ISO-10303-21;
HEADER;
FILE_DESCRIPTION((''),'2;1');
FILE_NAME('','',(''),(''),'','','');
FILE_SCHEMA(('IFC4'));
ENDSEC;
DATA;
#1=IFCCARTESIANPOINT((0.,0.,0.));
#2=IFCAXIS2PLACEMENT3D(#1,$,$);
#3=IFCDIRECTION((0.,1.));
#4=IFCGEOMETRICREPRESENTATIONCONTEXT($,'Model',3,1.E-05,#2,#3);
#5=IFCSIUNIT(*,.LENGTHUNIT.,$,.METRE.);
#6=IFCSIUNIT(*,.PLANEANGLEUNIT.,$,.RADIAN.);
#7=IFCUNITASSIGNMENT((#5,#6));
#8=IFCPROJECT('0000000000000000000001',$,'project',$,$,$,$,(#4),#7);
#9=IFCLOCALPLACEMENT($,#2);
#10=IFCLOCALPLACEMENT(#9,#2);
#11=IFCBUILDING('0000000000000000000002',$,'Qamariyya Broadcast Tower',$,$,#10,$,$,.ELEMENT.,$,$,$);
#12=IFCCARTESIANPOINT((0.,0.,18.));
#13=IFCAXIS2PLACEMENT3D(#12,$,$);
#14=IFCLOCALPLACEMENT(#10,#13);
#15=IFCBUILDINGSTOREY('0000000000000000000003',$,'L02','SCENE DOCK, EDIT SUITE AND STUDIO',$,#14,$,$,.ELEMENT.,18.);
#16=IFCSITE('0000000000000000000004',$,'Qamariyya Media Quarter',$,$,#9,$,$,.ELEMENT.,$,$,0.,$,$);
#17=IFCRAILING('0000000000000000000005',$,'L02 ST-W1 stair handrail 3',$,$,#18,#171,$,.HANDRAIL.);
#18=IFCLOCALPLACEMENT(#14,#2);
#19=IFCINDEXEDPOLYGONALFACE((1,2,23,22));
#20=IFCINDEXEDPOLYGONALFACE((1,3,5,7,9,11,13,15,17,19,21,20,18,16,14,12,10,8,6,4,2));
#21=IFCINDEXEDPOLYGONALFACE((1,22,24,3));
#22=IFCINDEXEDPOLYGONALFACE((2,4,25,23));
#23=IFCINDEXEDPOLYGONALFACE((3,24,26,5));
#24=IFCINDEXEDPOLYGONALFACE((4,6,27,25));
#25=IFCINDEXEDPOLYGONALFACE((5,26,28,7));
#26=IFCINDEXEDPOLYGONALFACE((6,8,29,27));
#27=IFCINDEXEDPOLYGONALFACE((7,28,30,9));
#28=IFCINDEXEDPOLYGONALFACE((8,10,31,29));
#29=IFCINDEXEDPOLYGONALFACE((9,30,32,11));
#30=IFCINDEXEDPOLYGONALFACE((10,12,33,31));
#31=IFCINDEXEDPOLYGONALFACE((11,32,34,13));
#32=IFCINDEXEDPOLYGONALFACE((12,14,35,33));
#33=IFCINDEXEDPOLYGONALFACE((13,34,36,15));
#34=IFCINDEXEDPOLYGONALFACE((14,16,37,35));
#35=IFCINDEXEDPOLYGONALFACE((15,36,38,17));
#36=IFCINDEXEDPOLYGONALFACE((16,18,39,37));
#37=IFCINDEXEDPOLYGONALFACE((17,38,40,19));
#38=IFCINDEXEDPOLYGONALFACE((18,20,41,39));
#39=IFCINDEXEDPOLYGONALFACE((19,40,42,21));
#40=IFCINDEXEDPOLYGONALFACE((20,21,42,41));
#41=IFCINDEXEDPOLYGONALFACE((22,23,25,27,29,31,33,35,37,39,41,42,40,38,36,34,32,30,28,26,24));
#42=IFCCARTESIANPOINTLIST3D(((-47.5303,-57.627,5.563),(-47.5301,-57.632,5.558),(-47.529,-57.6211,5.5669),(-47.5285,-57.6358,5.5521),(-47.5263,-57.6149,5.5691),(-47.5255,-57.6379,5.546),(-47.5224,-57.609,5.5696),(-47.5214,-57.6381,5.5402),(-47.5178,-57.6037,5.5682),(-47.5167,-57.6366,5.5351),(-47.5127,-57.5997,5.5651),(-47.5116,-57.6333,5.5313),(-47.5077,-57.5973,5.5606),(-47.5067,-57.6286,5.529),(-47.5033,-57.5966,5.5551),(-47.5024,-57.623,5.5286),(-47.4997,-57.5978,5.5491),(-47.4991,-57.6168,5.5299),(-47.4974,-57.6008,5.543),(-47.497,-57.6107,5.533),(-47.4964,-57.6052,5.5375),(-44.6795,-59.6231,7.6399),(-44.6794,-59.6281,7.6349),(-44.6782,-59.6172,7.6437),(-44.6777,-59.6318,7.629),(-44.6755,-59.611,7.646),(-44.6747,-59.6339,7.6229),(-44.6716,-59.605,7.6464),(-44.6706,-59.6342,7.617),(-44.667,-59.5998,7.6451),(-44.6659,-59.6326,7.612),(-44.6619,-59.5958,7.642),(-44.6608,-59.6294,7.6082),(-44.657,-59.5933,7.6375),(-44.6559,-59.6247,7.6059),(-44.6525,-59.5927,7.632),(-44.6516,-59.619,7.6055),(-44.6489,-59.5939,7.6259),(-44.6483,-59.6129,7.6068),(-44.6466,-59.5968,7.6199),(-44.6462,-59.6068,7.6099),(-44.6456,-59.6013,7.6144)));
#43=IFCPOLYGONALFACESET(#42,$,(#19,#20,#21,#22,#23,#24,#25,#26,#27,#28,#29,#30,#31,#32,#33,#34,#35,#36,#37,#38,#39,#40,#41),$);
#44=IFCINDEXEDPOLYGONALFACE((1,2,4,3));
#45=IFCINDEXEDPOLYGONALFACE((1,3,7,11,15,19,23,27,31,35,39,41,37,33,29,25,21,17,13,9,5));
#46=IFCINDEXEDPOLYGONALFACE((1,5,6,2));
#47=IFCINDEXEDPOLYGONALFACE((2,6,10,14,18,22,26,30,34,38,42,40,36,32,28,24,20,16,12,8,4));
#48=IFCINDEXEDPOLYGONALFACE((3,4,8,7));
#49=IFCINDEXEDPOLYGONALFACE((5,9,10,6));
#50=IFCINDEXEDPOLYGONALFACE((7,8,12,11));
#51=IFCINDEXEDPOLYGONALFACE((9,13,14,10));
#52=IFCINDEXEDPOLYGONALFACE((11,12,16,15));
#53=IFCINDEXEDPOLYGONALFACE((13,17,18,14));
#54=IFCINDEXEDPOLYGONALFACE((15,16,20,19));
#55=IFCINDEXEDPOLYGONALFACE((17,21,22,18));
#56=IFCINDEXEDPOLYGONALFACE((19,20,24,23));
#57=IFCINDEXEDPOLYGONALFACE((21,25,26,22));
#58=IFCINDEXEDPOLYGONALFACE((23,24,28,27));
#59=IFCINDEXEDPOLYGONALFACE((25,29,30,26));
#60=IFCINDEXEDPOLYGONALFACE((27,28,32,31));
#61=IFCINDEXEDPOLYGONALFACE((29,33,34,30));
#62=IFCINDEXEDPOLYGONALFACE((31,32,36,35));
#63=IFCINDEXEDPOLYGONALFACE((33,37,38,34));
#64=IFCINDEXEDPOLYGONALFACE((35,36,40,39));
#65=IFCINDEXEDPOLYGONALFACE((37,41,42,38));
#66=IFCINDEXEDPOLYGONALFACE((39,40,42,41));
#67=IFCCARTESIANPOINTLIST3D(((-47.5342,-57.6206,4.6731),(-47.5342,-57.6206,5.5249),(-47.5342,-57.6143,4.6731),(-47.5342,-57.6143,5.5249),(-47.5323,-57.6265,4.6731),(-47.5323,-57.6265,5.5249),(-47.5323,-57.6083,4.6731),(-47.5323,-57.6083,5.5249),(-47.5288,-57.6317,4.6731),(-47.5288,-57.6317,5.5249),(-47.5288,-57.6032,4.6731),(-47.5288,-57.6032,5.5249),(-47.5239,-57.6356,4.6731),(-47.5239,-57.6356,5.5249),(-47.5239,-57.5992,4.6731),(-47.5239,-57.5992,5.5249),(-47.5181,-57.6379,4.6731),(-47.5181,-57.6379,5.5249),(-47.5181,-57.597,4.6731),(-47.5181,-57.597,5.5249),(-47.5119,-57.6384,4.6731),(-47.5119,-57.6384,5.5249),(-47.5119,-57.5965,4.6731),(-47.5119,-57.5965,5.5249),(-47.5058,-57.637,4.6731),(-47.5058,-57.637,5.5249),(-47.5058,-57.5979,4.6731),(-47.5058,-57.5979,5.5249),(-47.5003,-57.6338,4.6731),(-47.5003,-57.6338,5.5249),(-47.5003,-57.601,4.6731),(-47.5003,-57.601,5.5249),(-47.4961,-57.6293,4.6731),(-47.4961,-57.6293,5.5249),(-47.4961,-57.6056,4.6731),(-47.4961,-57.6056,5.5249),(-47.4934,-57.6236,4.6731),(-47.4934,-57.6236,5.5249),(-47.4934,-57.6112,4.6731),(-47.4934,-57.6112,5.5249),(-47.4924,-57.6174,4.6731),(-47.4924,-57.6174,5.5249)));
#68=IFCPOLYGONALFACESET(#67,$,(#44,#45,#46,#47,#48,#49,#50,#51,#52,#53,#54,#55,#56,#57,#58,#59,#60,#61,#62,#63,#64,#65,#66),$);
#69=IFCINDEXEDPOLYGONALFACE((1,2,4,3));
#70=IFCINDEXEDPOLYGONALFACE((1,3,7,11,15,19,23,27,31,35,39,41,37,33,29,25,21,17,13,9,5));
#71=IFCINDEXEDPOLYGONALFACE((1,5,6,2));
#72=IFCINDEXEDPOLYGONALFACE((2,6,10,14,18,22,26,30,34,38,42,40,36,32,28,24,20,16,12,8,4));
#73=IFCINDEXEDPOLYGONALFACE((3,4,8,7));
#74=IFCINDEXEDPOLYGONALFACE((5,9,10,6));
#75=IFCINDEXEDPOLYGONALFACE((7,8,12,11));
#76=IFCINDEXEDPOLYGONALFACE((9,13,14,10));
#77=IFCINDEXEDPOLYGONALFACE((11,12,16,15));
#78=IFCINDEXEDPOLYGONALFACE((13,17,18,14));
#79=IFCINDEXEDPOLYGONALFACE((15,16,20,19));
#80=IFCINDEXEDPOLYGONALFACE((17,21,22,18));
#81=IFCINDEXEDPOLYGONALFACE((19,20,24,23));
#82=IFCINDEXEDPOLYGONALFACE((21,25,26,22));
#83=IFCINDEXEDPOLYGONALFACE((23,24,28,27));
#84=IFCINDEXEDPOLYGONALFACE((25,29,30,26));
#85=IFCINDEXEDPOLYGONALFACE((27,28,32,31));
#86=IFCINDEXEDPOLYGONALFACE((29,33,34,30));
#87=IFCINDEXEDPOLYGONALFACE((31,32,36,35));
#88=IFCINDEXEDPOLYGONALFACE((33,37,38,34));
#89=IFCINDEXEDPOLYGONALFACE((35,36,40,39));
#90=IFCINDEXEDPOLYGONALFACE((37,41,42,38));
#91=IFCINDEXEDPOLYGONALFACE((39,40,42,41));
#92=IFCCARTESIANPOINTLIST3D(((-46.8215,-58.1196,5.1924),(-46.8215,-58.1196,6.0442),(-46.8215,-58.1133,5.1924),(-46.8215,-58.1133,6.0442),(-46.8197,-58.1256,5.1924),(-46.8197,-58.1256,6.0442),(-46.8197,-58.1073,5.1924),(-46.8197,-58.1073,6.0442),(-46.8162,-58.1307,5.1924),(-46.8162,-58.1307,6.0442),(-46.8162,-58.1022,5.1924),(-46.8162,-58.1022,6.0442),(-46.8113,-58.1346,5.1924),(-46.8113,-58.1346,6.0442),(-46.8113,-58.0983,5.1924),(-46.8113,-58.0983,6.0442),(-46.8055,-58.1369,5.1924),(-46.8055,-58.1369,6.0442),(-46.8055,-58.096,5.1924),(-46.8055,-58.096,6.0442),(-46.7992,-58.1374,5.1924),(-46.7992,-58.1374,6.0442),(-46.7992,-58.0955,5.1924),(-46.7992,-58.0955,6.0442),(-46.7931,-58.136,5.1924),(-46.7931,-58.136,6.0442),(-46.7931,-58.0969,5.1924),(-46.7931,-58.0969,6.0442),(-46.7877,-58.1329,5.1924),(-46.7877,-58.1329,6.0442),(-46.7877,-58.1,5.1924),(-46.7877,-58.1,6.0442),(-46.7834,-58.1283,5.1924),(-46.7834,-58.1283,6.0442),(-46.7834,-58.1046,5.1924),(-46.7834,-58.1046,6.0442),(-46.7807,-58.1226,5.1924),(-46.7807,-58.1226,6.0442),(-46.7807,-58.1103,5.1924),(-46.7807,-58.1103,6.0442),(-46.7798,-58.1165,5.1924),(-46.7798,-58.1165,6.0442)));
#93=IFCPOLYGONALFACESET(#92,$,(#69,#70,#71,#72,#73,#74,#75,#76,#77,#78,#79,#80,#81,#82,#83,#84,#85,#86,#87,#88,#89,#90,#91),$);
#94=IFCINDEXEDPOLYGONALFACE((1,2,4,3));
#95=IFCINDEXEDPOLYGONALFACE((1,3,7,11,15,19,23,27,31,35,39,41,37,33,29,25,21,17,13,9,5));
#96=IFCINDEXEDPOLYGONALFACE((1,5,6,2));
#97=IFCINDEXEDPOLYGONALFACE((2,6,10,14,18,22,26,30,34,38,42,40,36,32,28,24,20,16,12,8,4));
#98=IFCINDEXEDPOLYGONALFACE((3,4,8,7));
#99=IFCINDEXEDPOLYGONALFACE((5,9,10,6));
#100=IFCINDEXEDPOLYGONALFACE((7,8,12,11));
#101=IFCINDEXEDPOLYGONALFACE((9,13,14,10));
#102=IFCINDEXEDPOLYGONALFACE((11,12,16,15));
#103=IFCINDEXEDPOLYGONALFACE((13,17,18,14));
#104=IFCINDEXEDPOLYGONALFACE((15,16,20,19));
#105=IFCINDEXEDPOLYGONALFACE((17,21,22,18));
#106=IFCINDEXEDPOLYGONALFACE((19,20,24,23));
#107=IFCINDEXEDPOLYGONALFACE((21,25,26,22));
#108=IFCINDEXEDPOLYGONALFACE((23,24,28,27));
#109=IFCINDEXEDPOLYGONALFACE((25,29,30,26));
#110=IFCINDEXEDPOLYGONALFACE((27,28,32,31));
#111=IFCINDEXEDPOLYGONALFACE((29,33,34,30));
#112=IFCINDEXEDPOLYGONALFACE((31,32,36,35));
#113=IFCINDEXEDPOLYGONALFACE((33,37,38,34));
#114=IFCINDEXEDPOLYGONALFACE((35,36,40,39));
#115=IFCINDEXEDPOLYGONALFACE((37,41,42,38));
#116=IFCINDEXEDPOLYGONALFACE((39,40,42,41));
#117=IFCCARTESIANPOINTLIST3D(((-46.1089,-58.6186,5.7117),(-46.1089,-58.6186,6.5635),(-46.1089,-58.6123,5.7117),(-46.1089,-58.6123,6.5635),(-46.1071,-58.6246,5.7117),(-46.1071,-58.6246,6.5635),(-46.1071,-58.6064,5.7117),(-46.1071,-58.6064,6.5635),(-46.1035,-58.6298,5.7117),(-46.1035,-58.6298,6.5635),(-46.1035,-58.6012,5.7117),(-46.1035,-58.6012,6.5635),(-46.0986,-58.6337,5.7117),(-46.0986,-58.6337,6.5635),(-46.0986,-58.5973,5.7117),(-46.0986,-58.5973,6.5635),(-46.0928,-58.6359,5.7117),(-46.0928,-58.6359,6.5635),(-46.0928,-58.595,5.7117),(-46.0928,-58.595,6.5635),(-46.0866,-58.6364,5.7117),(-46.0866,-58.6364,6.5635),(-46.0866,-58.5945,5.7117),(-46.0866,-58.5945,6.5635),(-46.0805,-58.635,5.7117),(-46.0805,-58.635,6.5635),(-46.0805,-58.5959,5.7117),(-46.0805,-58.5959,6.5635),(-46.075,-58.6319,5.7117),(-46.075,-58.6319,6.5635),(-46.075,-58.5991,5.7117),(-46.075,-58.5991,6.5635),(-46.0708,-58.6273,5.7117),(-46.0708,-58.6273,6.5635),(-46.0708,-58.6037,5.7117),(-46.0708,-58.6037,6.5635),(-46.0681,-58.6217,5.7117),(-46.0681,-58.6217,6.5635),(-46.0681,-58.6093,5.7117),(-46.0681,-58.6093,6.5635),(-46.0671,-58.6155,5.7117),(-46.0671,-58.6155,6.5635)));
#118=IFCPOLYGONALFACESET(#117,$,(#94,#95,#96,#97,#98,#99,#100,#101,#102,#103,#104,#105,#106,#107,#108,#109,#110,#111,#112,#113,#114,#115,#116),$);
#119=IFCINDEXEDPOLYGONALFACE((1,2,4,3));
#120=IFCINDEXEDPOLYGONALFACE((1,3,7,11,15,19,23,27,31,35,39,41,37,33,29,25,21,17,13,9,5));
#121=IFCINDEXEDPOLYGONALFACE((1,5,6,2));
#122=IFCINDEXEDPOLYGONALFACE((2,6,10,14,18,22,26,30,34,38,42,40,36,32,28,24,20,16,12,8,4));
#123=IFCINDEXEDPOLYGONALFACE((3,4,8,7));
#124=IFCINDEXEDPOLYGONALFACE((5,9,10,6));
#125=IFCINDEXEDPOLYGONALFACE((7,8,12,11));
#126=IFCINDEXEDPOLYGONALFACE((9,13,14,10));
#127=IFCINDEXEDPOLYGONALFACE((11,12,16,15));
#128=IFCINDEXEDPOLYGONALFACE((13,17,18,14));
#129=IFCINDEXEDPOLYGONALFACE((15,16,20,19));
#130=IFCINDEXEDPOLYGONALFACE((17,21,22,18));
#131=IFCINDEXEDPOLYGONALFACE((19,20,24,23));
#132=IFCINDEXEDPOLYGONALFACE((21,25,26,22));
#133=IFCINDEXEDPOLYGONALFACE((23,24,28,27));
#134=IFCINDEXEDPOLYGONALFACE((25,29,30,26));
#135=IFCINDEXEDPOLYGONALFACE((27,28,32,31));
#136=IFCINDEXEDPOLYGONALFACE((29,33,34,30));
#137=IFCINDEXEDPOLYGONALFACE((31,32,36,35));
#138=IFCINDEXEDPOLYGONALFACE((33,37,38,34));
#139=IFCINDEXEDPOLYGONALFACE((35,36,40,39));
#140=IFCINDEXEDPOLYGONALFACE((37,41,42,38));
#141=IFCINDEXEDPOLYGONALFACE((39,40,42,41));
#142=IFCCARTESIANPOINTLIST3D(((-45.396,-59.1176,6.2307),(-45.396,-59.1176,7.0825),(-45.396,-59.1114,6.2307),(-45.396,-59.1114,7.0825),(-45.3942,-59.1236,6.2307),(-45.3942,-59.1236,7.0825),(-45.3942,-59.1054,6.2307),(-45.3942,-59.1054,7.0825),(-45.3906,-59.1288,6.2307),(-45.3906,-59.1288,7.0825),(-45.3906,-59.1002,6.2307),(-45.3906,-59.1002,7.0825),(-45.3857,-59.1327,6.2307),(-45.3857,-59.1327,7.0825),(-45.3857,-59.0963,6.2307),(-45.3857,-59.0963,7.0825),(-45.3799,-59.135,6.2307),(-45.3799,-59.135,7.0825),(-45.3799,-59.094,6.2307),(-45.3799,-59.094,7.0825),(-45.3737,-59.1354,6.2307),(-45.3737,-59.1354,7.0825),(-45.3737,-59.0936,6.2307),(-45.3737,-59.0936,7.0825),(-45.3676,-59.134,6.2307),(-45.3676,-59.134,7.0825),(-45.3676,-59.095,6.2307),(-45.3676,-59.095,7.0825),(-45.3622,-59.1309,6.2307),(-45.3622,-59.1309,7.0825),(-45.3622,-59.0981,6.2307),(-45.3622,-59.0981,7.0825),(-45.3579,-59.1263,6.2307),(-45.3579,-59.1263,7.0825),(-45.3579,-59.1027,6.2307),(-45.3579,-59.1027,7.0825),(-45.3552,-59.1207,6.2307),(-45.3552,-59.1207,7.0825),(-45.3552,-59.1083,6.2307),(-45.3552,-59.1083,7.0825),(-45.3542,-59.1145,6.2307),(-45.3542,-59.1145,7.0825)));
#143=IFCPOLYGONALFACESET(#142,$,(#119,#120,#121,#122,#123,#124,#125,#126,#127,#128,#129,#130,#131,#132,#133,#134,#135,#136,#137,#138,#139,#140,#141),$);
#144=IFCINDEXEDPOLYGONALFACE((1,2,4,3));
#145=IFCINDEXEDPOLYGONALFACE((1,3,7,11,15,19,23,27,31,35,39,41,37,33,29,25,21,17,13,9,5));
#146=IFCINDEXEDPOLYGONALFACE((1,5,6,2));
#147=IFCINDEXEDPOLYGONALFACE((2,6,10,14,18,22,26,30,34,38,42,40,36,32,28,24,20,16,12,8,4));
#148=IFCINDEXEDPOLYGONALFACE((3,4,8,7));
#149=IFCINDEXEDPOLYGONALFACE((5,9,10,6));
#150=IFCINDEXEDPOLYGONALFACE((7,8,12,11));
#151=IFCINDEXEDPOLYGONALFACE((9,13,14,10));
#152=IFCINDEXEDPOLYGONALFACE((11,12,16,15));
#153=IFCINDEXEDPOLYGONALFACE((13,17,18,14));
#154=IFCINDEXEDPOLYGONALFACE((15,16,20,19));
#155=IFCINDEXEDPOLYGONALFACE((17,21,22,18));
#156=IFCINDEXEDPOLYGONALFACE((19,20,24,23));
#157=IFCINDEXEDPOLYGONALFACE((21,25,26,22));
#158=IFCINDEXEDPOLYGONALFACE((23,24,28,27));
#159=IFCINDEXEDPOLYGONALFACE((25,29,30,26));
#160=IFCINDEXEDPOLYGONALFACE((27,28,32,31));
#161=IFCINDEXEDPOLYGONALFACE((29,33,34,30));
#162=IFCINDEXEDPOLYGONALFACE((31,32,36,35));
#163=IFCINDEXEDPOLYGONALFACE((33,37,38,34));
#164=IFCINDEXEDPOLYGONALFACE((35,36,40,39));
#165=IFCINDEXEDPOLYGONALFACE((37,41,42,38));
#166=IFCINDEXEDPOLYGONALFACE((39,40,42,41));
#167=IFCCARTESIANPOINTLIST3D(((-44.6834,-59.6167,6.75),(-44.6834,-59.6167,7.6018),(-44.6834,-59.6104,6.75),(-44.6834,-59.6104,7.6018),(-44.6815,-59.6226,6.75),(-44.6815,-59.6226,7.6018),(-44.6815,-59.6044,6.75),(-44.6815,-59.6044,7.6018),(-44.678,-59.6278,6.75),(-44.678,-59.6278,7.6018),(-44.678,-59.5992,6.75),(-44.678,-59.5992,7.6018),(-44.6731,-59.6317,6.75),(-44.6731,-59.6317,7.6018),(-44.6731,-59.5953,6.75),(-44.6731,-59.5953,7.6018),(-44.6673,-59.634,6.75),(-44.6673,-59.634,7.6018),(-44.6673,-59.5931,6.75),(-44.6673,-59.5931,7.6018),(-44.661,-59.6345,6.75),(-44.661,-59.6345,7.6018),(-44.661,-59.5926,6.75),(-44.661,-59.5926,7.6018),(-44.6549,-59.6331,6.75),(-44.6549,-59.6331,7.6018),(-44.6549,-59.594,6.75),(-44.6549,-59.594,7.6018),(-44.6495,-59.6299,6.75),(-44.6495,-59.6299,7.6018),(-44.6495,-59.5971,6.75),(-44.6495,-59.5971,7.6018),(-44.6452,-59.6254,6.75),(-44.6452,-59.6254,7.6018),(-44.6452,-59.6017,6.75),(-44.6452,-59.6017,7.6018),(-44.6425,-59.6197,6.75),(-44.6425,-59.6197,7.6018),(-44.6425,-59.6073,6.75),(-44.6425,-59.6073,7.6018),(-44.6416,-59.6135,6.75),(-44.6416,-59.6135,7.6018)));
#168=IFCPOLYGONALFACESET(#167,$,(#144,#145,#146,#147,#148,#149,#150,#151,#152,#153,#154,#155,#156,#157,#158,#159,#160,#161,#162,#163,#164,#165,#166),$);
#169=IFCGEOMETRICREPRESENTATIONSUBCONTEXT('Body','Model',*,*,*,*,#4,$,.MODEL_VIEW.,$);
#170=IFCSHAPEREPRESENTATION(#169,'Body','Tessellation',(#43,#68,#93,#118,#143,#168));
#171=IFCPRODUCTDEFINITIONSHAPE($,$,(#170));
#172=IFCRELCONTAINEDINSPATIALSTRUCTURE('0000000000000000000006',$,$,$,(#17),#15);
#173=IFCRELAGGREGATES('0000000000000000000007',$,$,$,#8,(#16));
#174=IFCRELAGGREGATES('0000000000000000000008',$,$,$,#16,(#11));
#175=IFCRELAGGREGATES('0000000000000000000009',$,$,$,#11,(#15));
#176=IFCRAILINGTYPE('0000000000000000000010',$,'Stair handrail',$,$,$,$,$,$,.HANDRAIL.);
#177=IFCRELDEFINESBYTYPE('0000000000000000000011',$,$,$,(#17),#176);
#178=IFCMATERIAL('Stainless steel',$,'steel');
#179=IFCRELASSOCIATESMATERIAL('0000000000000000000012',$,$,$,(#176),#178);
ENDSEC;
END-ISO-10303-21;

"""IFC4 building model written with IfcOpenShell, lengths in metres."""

from ifc_helpers import new_model, si_unit, direction, frame, origin, origin_2d, place, context, subcontext, project, spatial, circle, extrude, material, type_object, element, save


model = new_model("IFC4")

# Units and contexts
model_context = context("Model", 3, precision=1e-05, world=origin(), true_north=direction((0.0, 1.0)))
body_context = subcontext(model_context, "Body", "Model", "MODEL_VIEW")
ifc_project = project(units=[si_unit("LENGTHUNIT", "METRE"), si_unit("PLANEANGLEUNIT", "RADIAN")], contexts=[model_context])

# Site, building, storey
site_placement = place(None, origin())
site = spatial("IfcSite", under=ifc_project, at=site_placement, Name="Qamariyya Media Quarter", CompositionType="ELEMENT", RefElevation=0.0)
building_placement = place(site_placement, origin())
building = spatial("IfcBuilding", under=site, at=building_placement, Name="Qamariyya Broadcast Tower", CompositionType="ELEMENT")
storey_placement = place(building_placement, frame((0.0, 0.0, 18.0)))
storey = spatial("IfcBuildingStorey", under=building, at=storey_placement, Name="L02", Description="SCENE DOCK, EDIT SUITE AND STUDIO", CompositionType="ELEMENT", Elevation=18.0)

# Railing
ifc_material_1 = material(Name="Stainless steel", Category="steel")
railing_type_1 = type_object("IfcRailingType", Name="Stair handrail", PredefinedType="HANDRAIL", material=ifc_material_1)
for number, where, name in (
    (1, (-47.5134, -57.6174, 4.6731), "L02 ST-W1 stair handrail 3"),
):
    element("IfcRailing", number, at=place(storey_placement, frame(where)), inside=storey, type_object=railing_type_1, Name=name, PredefinedType="HANDRAIL", context=body_context, shape_type="SweptSolid", body=[
        extrude(circle(Radius=0.0239, at=origin_2d()), frame((0.0, 0.0, 0.876), z_axis=(0.703423, -0.492523, 0.512462), x_axis=(0.573561, 0.819163, 0.0)), (0.0, 0.0, 1.0), 4.0527),
        extrude(circle(Radius=0.021, at=origin_2d()), origin(), (0.0, 0.0, 1.0), 0.8518),
        extrude(circle(Radius=0.021, at=origin_2d()), frame((0.7126, -0.499, 0.5193)), (0.0, 0.0, 1.0), 0.8518),
        extrude(circle(Radius=0.021, at=origin_2d()), frame((1.4253, -0.998, 1.0386)), (0.0, 0.0, 1.0), 0.8518),
        extrude(circle(Radius=0.021, at=origin_2d()), frame((2.1382, -1.4971, 1.5576)), (0.0, 0.0, 1.0), 0.8518),
        extrude(circle(Radius=0.021, at=origin_2d()), frame((2.8508, -1.9961, 2.0769)), (0.0, 0.0, 1.0), 0.8518),
    ])

save(model, "model.ifc")
